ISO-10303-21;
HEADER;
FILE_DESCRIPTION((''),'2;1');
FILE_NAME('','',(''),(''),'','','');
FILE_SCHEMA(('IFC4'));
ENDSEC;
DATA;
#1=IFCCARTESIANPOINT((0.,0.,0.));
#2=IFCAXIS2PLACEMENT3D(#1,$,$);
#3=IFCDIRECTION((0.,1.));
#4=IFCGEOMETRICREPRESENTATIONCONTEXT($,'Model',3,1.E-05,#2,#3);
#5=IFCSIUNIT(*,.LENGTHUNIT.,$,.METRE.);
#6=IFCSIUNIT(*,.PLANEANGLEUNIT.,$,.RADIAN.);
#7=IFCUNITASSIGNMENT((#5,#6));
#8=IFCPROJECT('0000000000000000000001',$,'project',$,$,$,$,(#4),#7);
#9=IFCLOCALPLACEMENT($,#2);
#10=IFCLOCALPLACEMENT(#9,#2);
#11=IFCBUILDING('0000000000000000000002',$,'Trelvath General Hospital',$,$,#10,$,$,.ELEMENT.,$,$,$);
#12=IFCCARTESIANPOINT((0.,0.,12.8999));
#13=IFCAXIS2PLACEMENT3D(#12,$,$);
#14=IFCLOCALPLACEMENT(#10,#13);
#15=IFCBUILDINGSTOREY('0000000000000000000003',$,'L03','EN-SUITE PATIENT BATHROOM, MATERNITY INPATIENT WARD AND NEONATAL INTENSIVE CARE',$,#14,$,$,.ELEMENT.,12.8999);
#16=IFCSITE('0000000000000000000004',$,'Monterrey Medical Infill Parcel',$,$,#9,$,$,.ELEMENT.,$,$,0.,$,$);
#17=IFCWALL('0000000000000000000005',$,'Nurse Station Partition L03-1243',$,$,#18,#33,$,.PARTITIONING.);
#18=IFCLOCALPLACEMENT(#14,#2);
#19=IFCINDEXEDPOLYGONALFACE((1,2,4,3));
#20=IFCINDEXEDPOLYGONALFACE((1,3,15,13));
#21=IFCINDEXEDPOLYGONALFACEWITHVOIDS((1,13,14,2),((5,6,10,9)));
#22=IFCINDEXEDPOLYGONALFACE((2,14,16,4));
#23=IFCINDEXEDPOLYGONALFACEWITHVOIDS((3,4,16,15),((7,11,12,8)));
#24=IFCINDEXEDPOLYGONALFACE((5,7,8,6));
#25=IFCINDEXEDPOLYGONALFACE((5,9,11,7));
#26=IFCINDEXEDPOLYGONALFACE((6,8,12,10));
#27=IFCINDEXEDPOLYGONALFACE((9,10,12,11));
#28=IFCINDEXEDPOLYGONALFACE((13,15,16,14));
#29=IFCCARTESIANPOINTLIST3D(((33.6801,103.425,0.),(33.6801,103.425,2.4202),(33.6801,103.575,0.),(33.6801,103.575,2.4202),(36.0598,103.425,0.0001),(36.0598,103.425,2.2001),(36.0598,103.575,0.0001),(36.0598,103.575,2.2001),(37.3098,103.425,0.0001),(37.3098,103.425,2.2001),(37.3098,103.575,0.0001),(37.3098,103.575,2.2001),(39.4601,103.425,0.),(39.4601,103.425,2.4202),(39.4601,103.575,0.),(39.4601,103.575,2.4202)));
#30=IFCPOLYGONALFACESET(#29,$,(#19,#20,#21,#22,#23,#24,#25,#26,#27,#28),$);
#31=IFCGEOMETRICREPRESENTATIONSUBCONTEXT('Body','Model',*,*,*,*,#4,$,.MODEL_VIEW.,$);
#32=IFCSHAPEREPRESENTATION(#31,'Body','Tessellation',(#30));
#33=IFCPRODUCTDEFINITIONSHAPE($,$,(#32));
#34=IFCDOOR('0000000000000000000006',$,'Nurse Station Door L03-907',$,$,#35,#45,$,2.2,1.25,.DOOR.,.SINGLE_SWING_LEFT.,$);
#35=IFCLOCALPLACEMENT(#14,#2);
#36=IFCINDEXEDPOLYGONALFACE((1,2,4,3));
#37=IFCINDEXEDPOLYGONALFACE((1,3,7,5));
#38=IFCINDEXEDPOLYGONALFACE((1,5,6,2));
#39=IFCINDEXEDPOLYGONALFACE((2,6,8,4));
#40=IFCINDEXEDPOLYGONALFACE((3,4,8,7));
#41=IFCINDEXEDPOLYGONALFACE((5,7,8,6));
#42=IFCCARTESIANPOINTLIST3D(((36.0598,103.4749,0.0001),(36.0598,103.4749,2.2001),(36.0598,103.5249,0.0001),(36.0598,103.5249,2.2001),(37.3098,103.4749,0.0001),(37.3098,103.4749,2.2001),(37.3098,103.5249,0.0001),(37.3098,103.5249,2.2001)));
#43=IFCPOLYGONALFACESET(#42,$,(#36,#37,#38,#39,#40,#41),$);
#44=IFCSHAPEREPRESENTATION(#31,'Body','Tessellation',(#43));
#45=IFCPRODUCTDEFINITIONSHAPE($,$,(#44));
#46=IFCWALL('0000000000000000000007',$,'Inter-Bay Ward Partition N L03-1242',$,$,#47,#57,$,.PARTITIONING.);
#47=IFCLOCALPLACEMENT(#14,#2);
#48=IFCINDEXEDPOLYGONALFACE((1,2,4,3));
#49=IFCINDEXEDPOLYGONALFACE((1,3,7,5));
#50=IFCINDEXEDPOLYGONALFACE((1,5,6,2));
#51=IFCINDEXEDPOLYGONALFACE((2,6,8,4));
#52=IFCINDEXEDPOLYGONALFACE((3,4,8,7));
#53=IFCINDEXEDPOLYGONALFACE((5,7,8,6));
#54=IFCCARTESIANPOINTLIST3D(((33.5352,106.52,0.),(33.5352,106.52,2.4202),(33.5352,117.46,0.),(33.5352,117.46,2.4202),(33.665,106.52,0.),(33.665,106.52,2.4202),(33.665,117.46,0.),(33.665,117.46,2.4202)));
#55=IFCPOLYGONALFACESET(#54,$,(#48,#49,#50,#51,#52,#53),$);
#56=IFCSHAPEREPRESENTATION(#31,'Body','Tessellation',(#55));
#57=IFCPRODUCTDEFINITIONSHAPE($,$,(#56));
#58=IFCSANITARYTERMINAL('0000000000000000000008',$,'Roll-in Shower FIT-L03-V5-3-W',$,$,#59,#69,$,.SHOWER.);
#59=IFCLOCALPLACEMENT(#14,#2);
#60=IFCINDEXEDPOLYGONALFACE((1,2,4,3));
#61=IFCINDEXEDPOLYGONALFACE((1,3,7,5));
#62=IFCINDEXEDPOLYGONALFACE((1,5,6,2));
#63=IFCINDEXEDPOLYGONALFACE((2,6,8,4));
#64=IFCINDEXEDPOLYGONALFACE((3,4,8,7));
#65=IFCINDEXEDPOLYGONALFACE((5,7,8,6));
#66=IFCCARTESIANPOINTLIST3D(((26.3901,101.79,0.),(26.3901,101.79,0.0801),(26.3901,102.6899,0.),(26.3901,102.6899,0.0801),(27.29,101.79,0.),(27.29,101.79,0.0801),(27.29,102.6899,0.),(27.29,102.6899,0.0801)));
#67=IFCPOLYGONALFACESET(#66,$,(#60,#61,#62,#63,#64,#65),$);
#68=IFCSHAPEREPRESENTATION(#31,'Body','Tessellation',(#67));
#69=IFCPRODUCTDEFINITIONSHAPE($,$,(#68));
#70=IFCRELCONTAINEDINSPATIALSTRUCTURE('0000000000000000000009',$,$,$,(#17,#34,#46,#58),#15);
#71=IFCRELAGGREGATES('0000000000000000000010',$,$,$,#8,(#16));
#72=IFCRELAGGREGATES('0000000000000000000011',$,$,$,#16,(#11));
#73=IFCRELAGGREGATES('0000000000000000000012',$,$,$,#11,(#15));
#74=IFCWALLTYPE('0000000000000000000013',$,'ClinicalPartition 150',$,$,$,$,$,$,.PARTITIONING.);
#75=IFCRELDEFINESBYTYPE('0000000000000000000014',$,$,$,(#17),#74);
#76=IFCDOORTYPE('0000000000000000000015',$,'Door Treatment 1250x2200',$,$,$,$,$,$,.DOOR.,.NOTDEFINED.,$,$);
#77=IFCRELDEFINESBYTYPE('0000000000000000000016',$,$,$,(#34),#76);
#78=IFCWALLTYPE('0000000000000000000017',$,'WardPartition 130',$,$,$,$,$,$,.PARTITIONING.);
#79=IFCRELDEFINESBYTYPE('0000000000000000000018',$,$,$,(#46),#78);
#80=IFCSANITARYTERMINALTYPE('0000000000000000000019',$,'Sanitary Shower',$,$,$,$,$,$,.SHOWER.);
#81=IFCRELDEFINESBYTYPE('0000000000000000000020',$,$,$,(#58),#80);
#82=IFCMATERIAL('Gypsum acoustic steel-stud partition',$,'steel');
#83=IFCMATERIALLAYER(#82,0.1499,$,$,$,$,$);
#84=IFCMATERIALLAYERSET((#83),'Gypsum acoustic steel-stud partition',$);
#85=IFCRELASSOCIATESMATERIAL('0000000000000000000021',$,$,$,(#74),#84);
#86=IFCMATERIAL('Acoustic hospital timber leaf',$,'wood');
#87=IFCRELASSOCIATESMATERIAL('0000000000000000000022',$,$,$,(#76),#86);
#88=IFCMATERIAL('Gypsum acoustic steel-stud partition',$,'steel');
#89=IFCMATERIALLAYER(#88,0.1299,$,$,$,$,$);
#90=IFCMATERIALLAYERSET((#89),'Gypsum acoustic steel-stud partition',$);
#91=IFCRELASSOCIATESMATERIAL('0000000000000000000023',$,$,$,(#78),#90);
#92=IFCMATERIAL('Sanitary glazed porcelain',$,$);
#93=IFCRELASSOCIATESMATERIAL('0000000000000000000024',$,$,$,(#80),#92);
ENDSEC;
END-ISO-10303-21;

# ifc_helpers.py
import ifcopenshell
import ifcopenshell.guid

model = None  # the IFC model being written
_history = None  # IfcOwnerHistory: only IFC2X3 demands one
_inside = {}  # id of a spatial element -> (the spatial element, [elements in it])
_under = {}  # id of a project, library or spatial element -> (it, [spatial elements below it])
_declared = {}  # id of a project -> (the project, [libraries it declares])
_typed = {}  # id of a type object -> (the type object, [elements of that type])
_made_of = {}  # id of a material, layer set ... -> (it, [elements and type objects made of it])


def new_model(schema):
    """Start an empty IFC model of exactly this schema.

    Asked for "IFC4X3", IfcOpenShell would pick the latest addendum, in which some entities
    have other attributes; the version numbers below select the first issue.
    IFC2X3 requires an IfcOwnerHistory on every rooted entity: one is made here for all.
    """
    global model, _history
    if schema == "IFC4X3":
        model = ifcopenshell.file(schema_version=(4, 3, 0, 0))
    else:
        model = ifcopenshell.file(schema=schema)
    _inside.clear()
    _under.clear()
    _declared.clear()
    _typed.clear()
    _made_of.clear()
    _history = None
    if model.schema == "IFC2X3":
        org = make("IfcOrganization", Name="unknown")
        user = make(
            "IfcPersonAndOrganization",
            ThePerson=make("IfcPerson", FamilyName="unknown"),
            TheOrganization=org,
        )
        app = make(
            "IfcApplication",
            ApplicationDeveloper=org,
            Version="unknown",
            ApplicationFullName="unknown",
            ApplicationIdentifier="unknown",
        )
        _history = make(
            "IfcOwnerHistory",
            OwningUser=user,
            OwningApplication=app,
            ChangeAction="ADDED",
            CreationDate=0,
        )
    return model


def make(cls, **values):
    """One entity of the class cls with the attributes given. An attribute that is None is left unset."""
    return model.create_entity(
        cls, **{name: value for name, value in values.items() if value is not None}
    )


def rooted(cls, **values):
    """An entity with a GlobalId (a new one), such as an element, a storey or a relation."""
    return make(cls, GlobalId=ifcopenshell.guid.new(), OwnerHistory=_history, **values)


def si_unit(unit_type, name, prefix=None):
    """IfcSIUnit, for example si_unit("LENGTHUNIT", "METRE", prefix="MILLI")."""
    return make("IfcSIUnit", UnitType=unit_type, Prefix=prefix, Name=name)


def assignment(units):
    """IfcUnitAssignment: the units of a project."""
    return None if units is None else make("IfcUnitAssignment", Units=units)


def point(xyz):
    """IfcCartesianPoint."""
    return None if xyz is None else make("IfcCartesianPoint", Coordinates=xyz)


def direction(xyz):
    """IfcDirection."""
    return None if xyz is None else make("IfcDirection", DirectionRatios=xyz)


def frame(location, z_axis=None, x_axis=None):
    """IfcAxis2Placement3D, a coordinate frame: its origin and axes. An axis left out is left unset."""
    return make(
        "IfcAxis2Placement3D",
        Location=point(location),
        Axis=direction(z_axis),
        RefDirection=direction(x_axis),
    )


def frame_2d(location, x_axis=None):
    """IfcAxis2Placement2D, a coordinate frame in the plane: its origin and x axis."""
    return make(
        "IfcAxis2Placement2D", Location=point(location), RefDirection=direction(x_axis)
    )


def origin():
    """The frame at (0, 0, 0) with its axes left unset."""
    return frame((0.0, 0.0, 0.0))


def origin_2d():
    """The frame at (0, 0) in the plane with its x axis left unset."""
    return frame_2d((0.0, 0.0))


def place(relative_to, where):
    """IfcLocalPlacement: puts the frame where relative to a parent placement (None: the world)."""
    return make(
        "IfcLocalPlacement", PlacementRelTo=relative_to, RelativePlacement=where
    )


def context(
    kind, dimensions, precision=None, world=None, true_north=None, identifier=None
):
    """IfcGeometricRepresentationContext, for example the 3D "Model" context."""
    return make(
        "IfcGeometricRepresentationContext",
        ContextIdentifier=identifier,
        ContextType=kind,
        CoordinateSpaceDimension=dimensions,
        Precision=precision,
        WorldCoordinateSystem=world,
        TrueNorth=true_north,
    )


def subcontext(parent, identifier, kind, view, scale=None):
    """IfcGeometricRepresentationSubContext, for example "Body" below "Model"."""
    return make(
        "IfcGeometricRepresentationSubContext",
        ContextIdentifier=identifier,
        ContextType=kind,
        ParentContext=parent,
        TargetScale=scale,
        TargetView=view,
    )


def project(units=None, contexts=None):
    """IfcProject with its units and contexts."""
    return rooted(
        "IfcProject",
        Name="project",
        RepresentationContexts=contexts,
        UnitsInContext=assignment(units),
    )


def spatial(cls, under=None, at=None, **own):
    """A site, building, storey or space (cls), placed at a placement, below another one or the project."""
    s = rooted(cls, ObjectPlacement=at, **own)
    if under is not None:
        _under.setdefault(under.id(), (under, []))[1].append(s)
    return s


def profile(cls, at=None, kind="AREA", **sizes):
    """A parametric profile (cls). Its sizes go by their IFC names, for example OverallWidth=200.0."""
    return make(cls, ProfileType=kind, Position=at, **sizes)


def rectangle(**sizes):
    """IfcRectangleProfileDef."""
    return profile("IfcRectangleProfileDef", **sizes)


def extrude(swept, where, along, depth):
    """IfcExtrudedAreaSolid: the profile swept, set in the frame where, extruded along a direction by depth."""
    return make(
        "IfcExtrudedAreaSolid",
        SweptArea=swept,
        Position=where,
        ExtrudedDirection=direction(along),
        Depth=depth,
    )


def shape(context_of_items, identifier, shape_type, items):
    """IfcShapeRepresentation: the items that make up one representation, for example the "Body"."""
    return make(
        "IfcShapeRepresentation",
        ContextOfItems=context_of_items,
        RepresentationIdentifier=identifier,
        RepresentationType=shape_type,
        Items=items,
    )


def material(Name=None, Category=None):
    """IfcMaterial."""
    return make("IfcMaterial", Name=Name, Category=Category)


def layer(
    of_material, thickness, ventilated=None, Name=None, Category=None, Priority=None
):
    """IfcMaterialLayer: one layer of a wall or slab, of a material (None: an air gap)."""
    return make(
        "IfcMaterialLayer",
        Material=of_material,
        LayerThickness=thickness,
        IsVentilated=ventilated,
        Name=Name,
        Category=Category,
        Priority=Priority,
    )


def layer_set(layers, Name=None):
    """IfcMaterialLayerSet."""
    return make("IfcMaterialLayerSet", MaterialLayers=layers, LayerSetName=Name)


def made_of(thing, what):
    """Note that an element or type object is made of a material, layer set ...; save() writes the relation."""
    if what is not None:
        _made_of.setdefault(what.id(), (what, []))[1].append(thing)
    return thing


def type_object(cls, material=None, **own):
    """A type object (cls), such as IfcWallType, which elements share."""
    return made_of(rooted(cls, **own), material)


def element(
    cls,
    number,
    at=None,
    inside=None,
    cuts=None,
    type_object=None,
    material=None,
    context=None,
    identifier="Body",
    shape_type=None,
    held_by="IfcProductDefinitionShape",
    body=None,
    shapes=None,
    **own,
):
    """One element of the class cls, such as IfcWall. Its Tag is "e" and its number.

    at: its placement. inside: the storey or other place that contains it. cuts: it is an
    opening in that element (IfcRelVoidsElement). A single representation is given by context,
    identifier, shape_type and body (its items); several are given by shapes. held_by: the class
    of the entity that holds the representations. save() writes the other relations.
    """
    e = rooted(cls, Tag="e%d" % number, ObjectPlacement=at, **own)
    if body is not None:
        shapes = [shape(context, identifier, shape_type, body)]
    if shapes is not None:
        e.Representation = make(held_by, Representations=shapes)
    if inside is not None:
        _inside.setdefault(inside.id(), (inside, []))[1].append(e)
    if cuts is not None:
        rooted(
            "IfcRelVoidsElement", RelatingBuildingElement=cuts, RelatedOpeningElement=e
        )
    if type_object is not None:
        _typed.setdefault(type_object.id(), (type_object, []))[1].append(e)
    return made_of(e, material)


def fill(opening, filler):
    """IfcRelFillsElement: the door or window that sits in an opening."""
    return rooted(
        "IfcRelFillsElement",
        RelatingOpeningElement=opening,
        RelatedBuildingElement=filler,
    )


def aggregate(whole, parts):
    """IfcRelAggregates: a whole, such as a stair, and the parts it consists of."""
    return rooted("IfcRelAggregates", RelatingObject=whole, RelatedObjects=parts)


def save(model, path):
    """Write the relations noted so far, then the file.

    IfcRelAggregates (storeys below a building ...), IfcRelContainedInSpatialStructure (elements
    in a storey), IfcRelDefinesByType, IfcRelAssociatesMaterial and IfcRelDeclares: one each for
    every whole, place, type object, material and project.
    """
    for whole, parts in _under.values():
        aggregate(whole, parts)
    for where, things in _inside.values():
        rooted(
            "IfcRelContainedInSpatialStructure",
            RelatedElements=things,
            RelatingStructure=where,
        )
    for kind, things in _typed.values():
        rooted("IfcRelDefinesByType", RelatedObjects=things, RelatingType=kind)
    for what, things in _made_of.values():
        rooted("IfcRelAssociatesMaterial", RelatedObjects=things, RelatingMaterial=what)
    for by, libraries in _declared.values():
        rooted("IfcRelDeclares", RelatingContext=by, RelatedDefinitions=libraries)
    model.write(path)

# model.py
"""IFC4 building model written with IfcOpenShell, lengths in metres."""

from ifc_helpers import new_model, si_unit, direction, frame, frame_2d, origin, origin_2d, place, context, subcontext, project, spatial, rectangle, extrude, material, layer, layer_set, type_object, element, fill, save


model = new_model("IFC4")

# Units and contexts
model_context = context("Model", 3, precision=1e-05, world=origin(), true_north=direction((0.0, 1.0)))
body_context = subcontext(model_context, "Body", "Model", "MODEL_VIEW")
ifc_project = project(units=[si_unit("LENGTHUNIT", "METRE"), si_unit("PLANEANGLEUNIT", "RADIAN")], contexts=[model_context])

# Site, building, storey
site_placement = place(None, origin())
site = spatial("IfcSite", under=ifc_project, at=site_placement, Name="Monterrey Medical Infill Parcel", CompositionType="ELEMENT", RefElevation=0.0)
building_placement = place(site_placement, origin())
building = spatial("IfcBuilding", under=site, at=building_placement, Name="Trelvath General Hospital", CompositionType="ELEMENT")
storey_placement = place(building_placement, frame((0.0, 0.0, 12.8999)))
storey = spatial("IfcBuildingStorey", under=building, at=storey_placement, Name="L03", Description="EN-SUITE PATIENT BATHROOM, MATERNITY INPATIENT WARD AND NEONATAL INTENSIVE CARE", CompositionType="ELEMENT", Elevation=12.8999)

# Shared definitions
ifc_material_1 = material(Name="Gypsum acoustic steel-stud partition", Category="steel")
ifc_layer_1 = layer(ifc_material_1, 0.1499)
ifc_layer_set_1 = layer_set([ifc_layer_1], Name="Gypsum acoustic steel-stud partition")
wall_type_1 = type_object("IfcWallType", Name="ClinicalPartition 150", PredefinedType="PARTITIONING", material=ifc_layer_set_1)

# Wall, opening, door
ifc_material_2 = material(Name="Acoustic hospital timber leaf", Category="wood")
door_type_1 = type_object("IfcDoorType", Name="Door Treatment 1250x2200", OperationType="NOTDEFINED", PredefinedType="DOOR", material=ifc_material_2)
wall_1_placement = place(storey_placement, frame((33.6799, 103.5, 0.0), z_axis=(0.0, 0.0, 1.0), x_axis=(1.0, 0.0, 0.0)))
wall_1 = element("IfcWall", 1, at=wall_1_placement, inside=storey, type_object=wall_type_1, Name="Nurse Station Partition L03-1243", PredefinedType="PARTITIONING", context=body_context, shape_type="SweptSolid", body=[
    extrude(rectangle(XDim=5.78, YDim=0.1499, at=frame_2d((2.8901, 0.0))), origin(), (0.0, 0.0, 1.0), 2.4202),
])
opening_1_placement = place(wall_1_placement, frame((2.3799, 0.0, 0.0)))
opening_1 = element("IfcOpeningElement", 2, at=opening_1_placement, cuts=wall_1, PredefinedType="OPENING", context=body_context, shape_type="SweptSolid", body=[
    extrude(rectangle(XDim=1.25, YDim=2.2, at=frame_2d((0.625, 1.1001))), frame((0.0, 0.085, 0.0), z_axis=(0.0, -1.0, 0.0), x_axis=(1.0, 0.0, 0.0)), (0.0, 0.0, 1.0), 0.1699),
])
door_1_placement = place(opening_1_placement, origin())
door_1 = element("IfcDoor", 3, at=door_1_placement, inside=storey, type_object=door_type_1, Name="Nurse Station Door L03-907", OperationType="SINGLE_SWING_LEFT", OverallHeight=2.2, OverallWidth=1.25, PredefinedType="DOOR", context=body_context, shape_type="SweptSolid", body=[
    extrude(rectangle(XDim=1.25, YDim=2.2, at=frame_2d((0.625, 1.1001))), frame((0.0, 0.0249, 0.0), z_axis=(0.0, -1.0, 0.0), x_axis=(1.0, 0.0, 0.0)), (0.0, 0.0, 1.0), 0.05),
])
fill(opening_1, door_1)

# Wall
ifc_material_3 = material(Name="Gypsum acoustic steel-stud partition", Category="steel")
ifc_layer_2 = layer(ifc_material_3, 0.1299)
ifc_layer_set_2 = layer_set([ifc_layer_2], Name="Gypsum acoustic steel-stud partition")
wall_type_2 = type_object("IfcWallType", Name="WardPartition 130", PredefinedType="PARTITIONING", material=ifc_layer_set_2)
wall_2_placement = place(storey_placement, frame((33.6001, 106.52, 0.0), z_axis=(0.0, 0.0, 1.0), x_axis=(0.0, 1.0, 0.0)))
element("IfcWall", 4, at=wall_2_placement, inside=storey, type_object=wall_type_2, Name="Inter-Bay Ward Partition N L03-1242", PredefinedType="PARTITIONING", context=body_context, shape_type="SweptSolid", body=[
    extrude(rectangle(XDim=10.9399, YDim=0.1299, at=frame_2d((5.47, 0.0))), origin(), (0.0, 0.0, 1.0), 2.4202),
])

# Sanitary terminal
ifc_material_4 = material(Name="Sanitary glazed porcelain")
sanitary_terminal_type = type_object("IfcSanitaryTerminalType", Name="Sanitary Shower", PredefinedType="SHOWER", material=ifc_material_4)
sanitary_terminal_placement = place(storey_placement, frame((26.8401, 102.24, 0.0), z_axis=(0.0, 0.0, 1.0), x_axis=(1.0, 0.0, 0.0)))
element("IfcSanitaryTerminal", 5, at=sanitary_terminal_placement, inside=storey, type_object=sanitary_terminal_type, Name="Roll-in Shower FIT-L03-V5-3-W", PredefinedType="SHOWER", context=body_context, shape_type="SweptSolid", body=[
    extrude(rectangle(XDim=0.8999, YDim=0.8999, at=origin_2d()), origin(), (0.0, 0.0, 1.0), 0.0801),
])

save(model, "model.ifc")
